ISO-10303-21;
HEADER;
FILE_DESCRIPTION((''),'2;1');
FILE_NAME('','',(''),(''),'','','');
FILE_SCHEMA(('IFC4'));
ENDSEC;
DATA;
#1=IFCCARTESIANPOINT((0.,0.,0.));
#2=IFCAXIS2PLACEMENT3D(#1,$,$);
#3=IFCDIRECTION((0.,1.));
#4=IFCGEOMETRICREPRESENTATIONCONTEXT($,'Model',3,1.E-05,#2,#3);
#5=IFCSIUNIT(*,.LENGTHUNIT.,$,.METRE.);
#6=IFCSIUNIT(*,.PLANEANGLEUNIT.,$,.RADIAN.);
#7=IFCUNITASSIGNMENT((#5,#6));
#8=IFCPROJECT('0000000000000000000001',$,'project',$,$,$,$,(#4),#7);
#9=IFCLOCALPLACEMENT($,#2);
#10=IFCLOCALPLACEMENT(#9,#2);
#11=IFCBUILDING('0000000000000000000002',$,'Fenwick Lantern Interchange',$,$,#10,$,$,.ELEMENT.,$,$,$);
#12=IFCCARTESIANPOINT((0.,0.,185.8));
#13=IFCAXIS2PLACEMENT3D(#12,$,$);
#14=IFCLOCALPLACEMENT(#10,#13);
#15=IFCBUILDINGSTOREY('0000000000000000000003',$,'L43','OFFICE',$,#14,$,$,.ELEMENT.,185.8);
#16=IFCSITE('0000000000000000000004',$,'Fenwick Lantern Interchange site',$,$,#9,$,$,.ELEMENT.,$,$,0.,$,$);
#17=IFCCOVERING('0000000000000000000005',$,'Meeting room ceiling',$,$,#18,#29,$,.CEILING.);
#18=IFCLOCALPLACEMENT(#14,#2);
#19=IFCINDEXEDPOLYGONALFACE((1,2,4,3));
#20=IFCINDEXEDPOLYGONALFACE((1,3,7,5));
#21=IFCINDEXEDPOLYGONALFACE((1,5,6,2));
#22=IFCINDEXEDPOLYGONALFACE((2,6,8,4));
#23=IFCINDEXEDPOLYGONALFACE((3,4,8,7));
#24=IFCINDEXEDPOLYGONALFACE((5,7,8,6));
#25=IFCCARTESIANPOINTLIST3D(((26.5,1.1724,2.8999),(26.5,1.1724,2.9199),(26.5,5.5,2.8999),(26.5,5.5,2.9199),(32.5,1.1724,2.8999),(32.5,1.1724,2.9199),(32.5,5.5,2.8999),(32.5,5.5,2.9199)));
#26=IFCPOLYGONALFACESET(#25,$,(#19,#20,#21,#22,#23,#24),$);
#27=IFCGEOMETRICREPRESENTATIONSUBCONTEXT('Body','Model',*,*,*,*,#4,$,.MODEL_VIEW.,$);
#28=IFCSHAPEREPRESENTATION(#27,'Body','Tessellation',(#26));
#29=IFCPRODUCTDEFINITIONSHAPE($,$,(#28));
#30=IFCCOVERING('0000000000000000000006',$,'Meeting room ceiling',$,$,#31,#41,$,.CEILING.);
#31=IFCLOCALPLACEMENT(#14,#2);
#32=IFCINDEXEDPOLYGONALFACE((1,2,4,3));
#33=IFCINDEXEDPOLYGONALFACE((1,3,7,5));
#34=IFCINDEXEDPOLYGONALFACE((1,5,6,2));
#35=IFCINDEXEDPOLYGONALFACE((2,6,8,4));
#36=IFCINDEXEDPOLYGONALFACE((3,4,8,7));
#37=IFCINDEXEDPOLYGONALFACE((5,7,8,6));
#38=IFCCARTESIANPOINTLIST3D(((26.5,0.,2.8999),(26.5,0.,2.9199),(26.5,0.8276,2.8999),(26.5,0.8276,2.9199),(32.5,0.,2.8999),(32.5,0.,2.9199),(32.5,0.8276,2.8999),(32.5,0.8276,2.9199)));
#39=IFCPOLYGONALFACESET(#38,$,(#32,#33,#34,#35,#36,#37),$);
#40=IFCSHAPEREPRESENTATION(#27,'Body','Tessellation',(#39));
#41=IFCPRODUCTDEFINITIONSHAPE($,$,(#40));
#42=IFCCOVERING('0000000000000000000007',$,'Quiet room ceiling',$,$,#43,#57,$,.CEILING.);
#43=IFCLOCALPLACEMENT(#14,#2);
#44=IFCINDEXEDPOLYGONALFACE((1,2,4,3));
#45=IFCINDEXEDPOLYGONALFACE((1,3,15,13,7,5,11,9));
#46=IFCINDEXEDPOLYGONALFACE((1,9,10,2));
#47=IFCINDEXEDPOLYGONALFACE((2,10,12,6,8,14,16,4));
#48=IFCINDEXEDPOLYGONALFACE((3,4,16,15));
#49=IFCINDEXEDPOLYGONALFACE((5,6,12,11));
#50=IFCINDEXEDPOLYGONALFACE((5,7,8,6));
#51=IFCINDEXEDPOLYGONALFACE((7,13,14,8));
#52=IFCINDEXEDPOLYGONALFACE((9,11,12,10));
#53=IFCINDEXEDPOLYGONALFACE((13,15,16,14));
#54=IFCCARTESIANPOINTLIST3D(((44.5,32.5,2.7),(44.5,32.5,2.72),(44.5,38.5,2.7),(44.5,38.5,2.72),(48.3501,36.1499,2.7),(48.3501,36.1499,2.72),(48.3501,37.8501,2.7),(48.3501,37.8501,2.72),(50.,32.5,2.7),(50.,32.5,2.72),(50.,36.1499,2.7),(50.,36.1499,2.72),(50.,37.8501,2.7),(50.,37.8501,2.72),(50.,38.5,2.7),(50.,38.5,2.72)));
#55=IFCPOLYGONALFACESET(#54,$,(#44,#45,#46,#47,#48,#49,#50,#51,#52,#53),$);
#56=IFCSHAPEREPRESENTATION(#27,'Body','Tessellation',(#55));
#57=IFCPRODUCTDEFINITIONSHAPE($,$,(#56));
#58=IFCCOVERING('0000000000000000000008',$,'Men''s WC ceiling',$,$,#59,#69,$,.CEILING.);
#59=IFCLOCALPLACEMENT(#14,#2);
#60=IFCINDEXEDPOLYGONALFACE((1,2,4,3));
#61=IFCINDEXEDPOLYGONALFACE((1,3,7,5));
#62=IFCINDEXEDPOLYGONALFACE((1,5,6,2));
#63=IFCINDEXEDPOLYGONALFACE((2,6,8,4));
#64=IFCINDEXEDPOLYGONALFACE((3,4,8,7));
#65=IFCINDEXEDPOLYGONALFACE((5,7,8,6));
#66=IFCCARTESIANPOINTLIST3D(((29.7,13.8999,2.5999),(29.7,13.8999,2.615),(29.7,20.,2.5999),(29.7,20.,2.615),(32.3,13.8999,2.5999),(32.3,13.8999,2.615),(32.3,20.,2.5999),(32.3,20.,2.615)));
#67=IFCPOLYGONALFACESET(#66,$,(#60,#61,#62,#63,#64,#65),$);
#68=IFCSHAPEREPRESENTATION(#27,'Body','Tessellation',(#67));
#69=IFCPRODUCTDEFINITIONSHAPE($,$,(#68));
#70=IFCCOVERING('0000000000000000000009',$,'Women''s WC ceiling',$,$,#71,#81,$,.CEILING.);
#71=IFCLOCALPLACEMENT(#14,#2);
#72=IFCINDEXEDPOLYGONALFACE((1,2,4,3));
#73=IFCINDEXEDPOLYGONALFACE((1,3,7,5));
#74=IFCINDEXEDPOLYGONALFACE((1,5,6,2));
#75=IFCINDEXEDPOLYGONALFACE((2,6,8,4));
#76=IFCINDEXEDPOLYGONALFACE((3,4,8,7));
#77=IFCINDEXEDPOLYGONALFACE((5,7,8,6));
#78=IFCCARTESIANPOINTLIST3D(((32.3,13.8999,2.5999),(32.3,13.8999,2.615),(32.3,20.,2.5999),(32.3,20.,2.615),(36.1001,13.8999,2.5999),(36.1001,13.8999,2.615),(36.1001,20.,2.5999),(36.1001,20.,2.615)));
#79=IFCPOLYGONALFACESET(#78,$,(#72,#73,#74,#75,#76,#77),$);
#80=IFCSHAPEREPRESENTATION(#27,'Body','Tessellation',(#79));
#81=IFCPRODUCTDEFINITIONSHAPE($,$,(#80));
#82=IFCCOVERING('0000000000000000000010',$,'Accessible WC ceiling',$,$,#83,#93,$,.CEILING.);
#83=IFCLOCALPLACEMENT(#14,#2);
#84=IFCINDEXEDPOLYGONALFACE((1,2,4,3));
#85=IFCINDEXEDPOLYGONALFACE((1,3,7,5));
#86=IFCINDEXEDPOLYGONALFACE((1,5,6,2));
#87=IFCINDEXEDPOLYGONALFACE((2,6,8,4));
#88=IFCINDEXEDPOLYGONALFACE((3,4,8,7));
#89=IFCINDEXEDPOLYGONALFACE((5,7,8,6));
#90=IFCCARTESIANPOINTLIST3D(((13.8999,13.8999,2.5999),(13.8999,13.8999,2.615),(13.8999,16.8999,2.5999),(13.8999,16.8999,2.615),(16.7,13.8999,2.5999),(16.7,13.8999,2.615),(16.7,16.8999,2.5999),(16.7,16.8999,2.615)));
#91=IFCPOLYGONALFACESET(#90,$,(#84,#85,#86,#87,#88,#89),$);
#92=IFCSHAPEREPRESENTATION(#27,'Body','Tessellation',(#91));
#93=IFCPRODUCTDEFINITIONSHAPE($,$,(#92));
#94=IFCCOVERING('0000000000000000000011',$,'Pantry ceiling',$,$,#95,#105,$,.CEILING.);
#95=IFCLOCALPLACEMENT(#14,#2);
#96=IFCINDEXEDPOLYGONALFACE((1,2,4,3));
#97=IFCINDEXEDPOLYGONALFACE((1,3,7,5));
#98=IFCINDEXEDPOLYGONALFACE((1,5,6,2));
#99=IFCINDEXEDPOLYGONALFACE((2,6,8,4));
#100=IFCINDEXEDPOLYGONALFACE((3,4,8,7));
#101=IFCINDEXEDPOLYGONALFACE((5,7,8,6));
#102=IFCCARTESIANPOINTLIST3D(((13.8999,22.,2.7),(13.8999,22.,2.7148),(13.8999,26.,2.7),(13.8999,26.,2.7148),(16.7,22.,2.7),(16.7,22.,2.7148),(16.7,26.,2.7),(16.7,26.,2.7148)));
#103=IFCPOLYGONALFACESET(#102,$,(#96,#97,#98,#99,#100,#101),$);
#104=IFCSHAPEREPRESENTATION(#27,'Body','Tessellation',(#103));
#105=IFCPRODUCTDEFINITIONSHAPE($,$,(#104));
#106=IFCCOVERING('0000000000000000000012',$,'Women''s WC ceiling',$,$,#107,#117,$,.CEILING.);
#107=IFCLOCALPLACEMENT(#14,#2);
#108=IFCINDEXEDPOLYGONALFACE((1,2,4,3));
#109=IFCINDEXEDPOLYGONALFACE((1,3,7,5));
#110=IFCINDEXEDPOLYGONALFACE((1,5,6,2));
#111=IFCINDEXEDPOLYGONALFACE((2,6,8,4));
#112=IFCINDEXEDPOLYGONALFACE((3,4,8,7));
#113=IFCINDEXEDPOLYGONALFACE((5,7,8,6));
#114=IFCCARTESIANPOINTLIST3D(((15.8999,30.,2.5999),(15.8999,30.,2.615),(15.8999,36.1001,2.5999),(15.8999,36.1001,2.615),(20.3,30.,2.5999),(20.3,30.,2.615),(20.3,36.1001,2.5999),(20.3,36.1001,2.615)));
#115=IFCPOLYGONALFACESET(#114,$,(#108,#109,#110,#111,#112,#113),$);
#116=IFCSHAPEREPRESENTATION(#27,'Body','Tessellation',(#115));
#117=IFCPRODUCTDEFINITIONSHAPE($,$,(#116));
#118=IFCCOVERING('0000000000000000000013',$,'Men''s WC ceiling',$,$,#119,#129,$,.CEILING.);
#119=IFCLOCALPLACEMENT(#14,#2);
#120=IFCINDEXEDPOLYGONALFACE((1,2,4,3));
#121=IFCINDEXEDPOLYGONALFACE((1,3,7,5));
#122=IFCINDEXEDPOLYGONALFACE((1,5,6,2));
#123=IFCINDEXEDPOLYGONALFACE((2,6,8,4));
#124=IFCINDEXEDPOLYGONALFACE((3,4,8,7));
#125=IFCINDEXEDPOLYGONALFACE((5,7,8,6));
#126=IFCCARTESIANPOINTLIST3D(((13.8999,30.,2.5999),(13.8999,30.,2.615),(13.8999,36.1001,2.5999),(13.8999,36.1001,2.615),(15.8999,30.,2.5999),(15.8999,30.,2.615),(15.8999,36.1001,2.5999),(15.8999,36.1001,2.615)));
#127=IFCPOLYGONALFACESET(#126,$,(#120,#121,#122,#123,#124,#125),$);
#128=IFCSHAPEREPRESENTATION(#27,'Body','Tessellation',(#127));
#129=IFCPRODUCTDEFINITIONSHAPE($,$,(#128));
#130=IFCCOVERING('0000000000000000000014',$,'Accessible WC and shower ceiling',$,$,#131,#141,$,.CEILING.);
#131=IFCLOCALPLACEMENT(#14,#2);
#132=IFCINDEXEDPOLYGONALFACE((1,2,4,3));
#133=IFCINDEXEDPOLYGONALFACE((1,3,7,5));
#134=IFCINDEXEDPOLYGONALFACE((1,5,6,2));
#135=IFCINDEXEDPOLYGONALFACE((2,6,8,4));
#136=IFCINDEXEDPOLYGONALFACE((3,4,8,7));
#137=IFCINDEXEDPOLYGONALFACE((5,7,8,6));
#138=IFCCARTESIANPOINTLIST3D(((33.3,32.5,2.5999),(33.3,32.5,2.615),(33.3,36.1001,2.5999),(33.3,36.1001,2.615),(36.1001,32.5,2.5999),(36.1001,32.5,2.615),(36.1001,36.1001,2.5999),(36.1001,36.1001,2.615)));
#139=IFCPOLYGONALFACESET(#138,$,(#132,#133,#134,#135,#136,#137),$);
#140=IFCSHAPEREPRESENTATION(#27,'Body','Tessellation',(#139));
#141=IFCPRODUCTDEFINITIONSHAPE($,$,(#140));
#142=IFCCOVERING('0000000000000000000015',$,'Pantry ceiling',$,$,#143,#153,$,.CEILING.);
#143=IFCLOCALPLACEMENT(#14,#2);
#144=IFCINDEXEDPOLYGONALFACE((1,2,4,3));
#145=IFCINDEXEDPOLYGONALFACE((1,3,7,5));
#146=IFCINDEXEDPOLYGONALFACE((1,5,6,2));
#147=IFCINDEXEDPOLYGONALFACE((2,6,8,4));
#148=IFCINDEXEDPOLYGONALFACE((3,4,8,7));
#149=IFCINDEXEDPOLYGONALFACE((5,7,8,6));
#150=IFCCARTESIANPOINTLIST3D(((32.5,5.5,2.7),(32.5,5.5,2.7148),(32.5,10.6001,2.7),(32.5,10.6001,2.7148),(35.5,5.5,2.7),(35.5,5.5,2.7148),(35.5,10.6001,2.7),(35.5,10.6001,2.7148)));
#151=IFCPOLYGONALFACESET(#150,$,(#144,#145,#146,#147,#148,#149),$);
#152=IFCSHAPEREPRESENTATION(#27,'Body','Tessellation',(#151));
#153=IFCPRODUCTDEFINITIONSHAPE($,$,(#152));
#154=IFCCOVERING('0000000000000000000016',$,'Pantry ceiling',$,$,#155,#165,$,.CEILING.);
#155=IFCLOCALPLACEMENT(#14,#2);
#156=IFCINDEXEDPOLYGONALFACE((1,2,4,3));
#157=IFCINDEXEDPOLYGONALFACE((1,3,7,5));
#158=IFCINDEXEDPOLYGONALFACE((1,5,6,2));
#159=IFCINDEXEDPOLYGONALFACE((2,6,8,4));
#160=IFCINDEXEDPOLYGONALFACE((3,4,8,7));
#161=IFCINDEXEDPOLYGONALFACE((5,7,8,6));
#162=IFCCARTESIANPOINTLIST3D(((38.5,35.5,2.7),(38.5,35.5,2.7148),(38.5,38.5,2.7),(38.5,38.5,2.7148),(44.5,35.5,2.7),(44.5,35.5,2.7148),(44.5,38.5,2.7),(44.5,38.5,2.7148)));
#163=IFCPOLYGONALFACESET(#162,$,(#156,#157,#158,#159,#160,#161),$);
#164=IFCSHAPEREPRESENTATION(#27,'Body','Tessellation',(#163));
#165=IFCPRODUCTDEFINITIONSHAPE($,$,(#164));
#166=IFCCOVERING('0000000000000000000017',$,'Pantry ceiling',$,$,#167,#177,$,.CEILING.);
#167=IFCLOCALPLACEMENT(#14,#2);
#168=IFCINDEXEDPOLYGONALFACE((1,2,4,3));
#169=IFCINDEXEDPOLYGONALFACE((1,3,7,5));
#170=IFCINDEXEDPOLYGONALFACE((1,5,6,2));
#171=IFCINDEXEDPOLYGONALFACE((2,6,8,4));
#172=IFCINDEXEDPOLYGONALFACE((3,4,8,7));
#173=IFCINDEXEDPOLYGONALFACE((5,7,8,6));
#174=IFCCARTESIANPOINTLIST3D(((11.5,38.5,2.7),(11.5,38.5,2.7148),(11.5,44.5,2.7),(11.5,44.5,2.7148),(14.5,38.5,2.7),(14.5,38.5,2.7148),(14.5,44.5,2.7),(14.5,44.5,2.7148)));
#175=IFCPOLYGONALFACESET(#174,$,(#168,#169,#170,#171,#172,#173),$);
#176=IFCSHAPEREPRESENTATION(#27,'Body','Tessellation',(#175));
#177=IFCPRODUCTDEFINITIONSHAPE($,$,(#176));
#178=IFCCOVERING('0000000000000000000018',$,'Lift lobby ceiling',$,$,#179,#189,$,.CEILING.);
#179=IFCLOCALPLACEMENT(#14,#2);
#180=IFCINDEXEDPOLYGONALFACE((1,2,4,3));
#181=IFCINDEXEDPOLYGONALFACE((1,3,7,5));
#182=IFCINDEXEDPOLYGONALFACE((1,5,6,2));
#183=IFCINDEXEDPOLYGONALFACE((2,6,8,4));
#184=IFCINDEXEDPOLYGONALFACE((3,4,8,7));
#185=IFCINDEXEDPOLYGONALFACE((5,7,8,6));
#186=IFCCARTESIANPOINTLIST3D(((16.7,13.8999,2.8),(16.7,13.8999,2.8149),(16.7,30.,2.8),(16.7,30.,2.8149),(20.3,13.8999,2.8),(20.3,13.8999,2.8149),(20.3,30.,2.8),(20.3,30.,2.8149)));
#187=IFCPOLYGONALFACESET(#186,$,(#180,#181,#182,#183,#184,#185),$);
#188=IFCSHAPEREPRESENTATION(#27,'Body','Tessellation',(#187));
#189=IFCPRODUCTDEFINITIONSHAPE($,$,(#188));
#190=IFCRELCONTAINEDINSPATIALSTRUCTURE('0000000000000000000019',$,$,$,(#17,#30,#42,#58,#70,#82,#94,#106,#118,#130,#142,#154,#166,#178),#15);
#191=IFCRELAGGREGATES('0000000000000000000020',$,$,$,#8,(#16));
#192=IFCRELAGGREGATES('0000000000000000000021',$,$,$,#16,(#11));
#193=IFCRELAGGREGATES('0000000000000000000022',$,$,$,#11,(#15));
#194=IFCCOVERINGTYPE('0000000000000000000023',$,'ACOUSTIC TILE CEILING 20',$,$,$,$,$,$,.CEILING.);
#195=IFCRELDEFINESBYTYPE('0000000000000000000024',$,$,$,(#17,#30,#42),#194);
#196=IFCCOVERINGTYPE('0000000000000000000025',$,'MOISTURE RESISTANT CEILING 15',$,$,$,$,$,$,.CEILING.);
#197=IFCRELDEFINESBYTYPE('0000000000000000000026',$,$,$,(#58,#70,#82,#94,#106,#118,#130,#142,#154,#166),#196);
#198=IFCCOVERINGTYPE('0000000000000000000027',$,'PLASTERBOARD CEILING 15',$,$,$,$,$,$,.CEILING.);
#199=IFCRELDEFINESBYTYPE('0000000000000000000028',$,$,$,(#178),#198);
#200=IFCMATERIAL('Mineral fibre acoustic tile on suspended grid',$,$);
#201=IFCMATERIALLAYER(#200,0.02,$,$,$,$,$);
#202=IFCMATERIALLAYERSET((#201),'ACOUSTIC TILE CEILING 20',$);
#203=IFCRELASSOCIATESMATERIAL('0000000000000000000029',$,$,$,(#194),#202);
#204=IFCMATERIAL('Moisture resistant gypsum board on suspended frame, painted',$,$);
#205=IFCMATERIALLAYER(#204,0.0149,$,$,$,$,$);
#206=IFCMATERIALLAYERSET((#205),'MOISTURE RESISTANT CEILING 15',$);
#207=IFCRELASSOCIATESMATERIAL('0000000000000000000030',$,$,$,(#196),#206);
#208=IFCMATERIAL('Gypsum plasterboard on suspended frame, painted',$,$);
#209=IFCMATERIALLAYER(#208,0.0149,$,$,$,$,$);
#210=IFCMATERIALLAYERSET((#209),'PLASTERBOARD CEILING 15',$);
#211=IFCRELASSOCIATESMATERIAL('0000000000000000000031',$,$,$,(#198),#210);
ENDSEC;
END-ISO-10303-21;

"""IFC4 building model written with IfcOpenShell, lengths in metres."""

from ifc_helpers import new_model, si_unit, direction, frame, origin, place, context, subcontext, project, spatial, polyline, outline, extrude, material, layer, layer_set, type_object, element, save


model = new_model("IFC4")

# Units and contexts
model_context = context("Model", 3, precision=1e-05, world=origin(), true_north=direction((0.0, 1.0)))
body_context = subcontext(model_context, "Body", "Model", "MODEL_VIEW")
ifc_project = project(units=[si_unit("LENGTHUNIT", "METRE"), si_unit("PLANEANGLEUNIT", "RADIAN")], contexts=[model_context])

# Site, building, storey
site_placement = place(None, origin())
site = spatial("IfcSite", under=ifc_project, at=site_placement, Name="Fenwick Lantern Interchange site", CompositionType="ELEMENT", RefElevation=0.0)
building_placement = place(site_placement, origin())
building = spatial("IfcBuilding", under=site, at=building_placement, Name="Fenwick Lantern Interchange", CompositionType="ELEMENT")
storey_placement = place(building_placement, frame((0.0, 0.0, 185.8)))
storey = spatial("IfcBuildingStorey", under=building, at=storey_placement, Name="L43", Description="OFFICE", CompositionType="ELEMENT", Elevation=185.8)

# Coverings
ifc_material_1 = material(Name="Mineral fibre acoustic tile on suspended grid")
ifc_layer_1 = layer(ifc_material_1, 0.02)
ifc_layer_set_1 = layer_set([ifc_layer_1], Name="ACOUSTIC TILE CEILING 20")
covering_type_1 = type_object("IfcCoveringType", Name="ACOUSTIC TILE CEILING 20", PredefinedType="CEILING", material=ifc_layer_set_1)
covering_1_placement = place(storey_placement, frame((0.0, 0.0, 2.8999)))
element("IfcCovering", 1, at=covering_1_placement, inside=storey, type_object=covering_type_1, Name="Meeting room ceiling", PredefinedType="CEILING", context=body_context, shape_type="SweptSolid", body=[
    extrude(outline(polyline([(26.5, 5.5), (26.5, 1.1724), (32.5, 1.1724), (32.5, 5.5), (26.5, 5.5)])), origin(), (0.0, 0.0, 1.0), 0.02),
])
covering_2_placement = place(storey_placement, frame((0.0, 0.0, 2.8999)))
element("IfcCovering", 2, at=covering_2_placement, inside=storey, type_object=covering_type_1, Name="Meeting room ceiling", PredefinedType="CEILING", context=body_context, shape_type="SweptSolid", body=[
    extrude(outline(polyline([(32.5, 0.0), (32.5, 0.8276), (26.5, 0.8276), (26.5, 0.0), (32.5, 0.0)])), origin(), (0.0, 0.0, 1.0), 0.02),
])
covering_3_placement = place(storey_placement, frame((0.0, 0.0, 2.7)))
element("IfcCovering", 3, at=covering_3_placement, inside=storey, type_object=covering_type_1, Name="Quiet room ceiling", PredefinedType="CEILING", context=body_context, shape_type="SweptSolid", body=[
    extrude(outline(polyline([(50.0, 32.5), (50.0, 36.1499), (48.3501, 36.1499), (48.3501, 37.8501), (50.0, 37.8501), (50.0, 38.5), (44.5, 38.5), (44.5, 32.5), (50.0, 32.5)])), origin(), (0.0, 0.0, 1.0), 0.02),
])
ifc_material_2 = material(Name="Moisture resistant gypsum board on suspended frame, painted")
ifc_layer_2 = layer(ifc_material_2, 0.0149)
ifc_layer_set_2 = layer_set([ifc_layer_2], Name="MOISTURE RESISTANT CEILING 15")
covering_type_2 = type_object("IfcCoveringType", Name="MOISTURE RESISTANT CEILING 15", PredefinedType="CEILING", material=ifc_layer_set_2)
covering_4_placement = place(storey_placement, frame((0.0, 0.0, 2.5999)))
element("IfcCovering", 4, at=covering_4_placement, inside=storey, type_object=covering_type_2, Name="Men's WC ceiling", PredefinedType="CEILING", context=body_context, shape_type="SweptSolid", body=[
    extrude(outline(polyline([(29.7, 13.8999), (32.3, 13.8999), (32.3, 20.0), (29.7, 20.0), (29.7, 13.8999)])), origin(), (0.0, 0.0, 1.0), 0.0151),
])
covering_5_placement = place(storey_placement, frame((0.0, 0.0, 2.5999)))
element("IfcCovering", 5, at=covering_5_placement, inside=storey, type_object=covering_type_2, Name="Women's WC ceiling", PredefinedType="CEILING", context=body_context, shape_type="SweptSolid", body=[
    extrude(outline(polyline([(32.3, 13.8999), (36.1001, 13.8999), (36.1001, 20.0), (32.3, 20.0), (32.3, 13.8999)])), origin(), (0.0, 0.0, 1.0), 0.0151),
])
covering_6_placement = place(storey_placement, frame((0.0, 0.0, 2.5999)))
element("IfcCovering", 6, at=covering_6_placement, inside=storey, type_object=covering_type_2, Name="Accessible WC ceiling", PredefinedType="CEILING", context=body_context, shape_type="SweptSolid", body=[
    extrude(outline(polyline([(13.8999, 13.8999), (16.7, 13.8999), (16.7, 16.8999), (13.8999, 16.8999), (13.8999, 13.8999)])), origin(), (0.0, 0.0, 1.0), 0.0151),
])
covering_7_placement = place(storey_placement, frame((0.0, 0.0, 2.7)))
element("IfcCovering", 7, at=covering_7_placement, inside=storey, type_object=covering_type_2, Name="Pantry ceiling", PredefinedType="CEILING", context=body_context, shape_type="SweptSolid", body=[
    extrude(outline(polyline([(13.8999, 22.0), (16.7, 22.0), (16.7, 26.0), (13.8999, 26.0), (13.8999, 22.0)])), origin(), (0.0, 0.0, 1.0), 0.0149),
])
covering_8_placement = place(storey_placement, frame((0.0, 0.0, 2.5999)))
element("IfcCovering", 8, at=covering_8_placement, inside=storey, type_object=covering_type_2, Name="Women's WC ceiling", PredefinedType="CEILING", context=body_context, shape_type="SweptSolid", body=[
    extrude(outline(polyline([(20.3, 36.1001), (15.8999, 36.1001), (15.8999, 30.0), (20.3, 30.0), (20.3, 36.1001)])), origin(), (0.0, 0.0, 1.0), 0.0151),
])
covering_9_placement = place(storey_placement, frame((0.0, 0.0, 2.5999)))
element("IfcCovering", 9, at=covering_9_placement, inside=storey, type_object=covering_type_2, Name="Men's WC ceiling", PredefinedType="CEILING", context=body_context, shape_type="SweptSolid", body=[
    extrude(outline(polyline([(15.8999, 36.1001), (13.8999, 36.1001), (13.8999, 30.0), (15.8999, 30.0), (15.8999, 36.1001)])), origin(), (0.0, 0.0, 1.0), 0.0151),
])
covering_10_placement = place(storey_placement, frame((0.0, 0.0, 2.5999)))
element("IfcCovering", 10, at=covering_10_placement, inside=storey, type_object=covering_type_2, Name="Accessible WC and shower ceiling", PredefinedType="CEILING", context=body_context, shape_type="SweptSolid", body=[
    extrude(outline(polyline([(36.1001, 36.1001), (33.3, 36.1001), (33.3, 32.5), (36.1001, 32.5), (36.1001, 36.1001)])), origin(), (0.0, 0.0, 1.0), 0.0151),
])
covering_11_placement = place(storey_placement, frame((0.0, 0.0, 2.7)))
element("IfcCovering", 11, at=covering_11_placement, inside=storey, type_object=covering_type_2, Name="Pantry ceiling", PredefinedType="CEILING", context=body_context, shape_type="SweptSolid", body=[
    extrude(outline(polyline([(32.5, 5.5), (35.5, 5.5), (35.5, 10.6001), (32.5, 10.6001), (32.5, 5.5)])), origin(), (0.0, 0.0, 1.0), 0.0149),
])
covering_12_placement = place(storey_placement, frame((0.0, 0.0, 2.7)))
element("IfcCovering", 12, at=covering_12_placement, inside=storey, type_object=covering_type_2, Name="Pantry ceiling", PredefinedType="CEILING", context=body_context, shape_type="SweptSolid", body=[
    extrude(outline(polyline([(44.5, 35.5), (44.5, 38.5), (38.5, 38.5), (38.5, 35.5), (44.5, 35.5)])), origin(), (0.0, 0.0, 1.0), 0.0149),
])
covering_13_placement = place(storey_placement, frame((0.0, 0.0, 2.7)))
element("IfcCovering", 13, at=covering_13_placement, inside=storey, type_object=covering_type_2, Name="Pantry ceiling", PredefinedType="CEILING", context=body_context, shape_type="SweptSolid", body=[
    extrude(outline(polyline([(14.5, 44.5), (11.5, 44.5), (11.5, 38.5), (14.5, 38.5), (14.5, 44.5)])), origin(), (0.0, 0.0, 1.0), 0.0149),
])
ifc_material_3 = material(Name="Gypsum plasterboard on suspended frame, painted")
ifc_layer_3 = layer(ifc_material_3, 0.0149)
ifc_layer_set_3 = layer_set([ifc_layer_3], Name="PLASTERBOARD CEILING 15")
covering_type_3 = type_object("IfcCoveringType", Name="PLASTERBOARD CEILING 15", PredefinedType="CEILING", material=ifc_layer_set_3)
covering_14_placement = place(storey_placement, frame((0.0, 0.0, 2.8)))
element("IfcCovering", 14, at=covering_14_placement, inside=storey, type_object=covering_type_3, Name="Lift lobby ceiling", PredefinedType="CEILING", context=body_context, shape_type="SweptSolid", body=[
    extrude(outline(polyline([(16.7, 13.8999), (20.3, 13.8999), (20.3, 30.0), (16.7, 30.0), (16.7, 13.8999)])), origin(), (0.0, 0.0, 1.0), 0.0149),
])

save(model, "model.ifc")
